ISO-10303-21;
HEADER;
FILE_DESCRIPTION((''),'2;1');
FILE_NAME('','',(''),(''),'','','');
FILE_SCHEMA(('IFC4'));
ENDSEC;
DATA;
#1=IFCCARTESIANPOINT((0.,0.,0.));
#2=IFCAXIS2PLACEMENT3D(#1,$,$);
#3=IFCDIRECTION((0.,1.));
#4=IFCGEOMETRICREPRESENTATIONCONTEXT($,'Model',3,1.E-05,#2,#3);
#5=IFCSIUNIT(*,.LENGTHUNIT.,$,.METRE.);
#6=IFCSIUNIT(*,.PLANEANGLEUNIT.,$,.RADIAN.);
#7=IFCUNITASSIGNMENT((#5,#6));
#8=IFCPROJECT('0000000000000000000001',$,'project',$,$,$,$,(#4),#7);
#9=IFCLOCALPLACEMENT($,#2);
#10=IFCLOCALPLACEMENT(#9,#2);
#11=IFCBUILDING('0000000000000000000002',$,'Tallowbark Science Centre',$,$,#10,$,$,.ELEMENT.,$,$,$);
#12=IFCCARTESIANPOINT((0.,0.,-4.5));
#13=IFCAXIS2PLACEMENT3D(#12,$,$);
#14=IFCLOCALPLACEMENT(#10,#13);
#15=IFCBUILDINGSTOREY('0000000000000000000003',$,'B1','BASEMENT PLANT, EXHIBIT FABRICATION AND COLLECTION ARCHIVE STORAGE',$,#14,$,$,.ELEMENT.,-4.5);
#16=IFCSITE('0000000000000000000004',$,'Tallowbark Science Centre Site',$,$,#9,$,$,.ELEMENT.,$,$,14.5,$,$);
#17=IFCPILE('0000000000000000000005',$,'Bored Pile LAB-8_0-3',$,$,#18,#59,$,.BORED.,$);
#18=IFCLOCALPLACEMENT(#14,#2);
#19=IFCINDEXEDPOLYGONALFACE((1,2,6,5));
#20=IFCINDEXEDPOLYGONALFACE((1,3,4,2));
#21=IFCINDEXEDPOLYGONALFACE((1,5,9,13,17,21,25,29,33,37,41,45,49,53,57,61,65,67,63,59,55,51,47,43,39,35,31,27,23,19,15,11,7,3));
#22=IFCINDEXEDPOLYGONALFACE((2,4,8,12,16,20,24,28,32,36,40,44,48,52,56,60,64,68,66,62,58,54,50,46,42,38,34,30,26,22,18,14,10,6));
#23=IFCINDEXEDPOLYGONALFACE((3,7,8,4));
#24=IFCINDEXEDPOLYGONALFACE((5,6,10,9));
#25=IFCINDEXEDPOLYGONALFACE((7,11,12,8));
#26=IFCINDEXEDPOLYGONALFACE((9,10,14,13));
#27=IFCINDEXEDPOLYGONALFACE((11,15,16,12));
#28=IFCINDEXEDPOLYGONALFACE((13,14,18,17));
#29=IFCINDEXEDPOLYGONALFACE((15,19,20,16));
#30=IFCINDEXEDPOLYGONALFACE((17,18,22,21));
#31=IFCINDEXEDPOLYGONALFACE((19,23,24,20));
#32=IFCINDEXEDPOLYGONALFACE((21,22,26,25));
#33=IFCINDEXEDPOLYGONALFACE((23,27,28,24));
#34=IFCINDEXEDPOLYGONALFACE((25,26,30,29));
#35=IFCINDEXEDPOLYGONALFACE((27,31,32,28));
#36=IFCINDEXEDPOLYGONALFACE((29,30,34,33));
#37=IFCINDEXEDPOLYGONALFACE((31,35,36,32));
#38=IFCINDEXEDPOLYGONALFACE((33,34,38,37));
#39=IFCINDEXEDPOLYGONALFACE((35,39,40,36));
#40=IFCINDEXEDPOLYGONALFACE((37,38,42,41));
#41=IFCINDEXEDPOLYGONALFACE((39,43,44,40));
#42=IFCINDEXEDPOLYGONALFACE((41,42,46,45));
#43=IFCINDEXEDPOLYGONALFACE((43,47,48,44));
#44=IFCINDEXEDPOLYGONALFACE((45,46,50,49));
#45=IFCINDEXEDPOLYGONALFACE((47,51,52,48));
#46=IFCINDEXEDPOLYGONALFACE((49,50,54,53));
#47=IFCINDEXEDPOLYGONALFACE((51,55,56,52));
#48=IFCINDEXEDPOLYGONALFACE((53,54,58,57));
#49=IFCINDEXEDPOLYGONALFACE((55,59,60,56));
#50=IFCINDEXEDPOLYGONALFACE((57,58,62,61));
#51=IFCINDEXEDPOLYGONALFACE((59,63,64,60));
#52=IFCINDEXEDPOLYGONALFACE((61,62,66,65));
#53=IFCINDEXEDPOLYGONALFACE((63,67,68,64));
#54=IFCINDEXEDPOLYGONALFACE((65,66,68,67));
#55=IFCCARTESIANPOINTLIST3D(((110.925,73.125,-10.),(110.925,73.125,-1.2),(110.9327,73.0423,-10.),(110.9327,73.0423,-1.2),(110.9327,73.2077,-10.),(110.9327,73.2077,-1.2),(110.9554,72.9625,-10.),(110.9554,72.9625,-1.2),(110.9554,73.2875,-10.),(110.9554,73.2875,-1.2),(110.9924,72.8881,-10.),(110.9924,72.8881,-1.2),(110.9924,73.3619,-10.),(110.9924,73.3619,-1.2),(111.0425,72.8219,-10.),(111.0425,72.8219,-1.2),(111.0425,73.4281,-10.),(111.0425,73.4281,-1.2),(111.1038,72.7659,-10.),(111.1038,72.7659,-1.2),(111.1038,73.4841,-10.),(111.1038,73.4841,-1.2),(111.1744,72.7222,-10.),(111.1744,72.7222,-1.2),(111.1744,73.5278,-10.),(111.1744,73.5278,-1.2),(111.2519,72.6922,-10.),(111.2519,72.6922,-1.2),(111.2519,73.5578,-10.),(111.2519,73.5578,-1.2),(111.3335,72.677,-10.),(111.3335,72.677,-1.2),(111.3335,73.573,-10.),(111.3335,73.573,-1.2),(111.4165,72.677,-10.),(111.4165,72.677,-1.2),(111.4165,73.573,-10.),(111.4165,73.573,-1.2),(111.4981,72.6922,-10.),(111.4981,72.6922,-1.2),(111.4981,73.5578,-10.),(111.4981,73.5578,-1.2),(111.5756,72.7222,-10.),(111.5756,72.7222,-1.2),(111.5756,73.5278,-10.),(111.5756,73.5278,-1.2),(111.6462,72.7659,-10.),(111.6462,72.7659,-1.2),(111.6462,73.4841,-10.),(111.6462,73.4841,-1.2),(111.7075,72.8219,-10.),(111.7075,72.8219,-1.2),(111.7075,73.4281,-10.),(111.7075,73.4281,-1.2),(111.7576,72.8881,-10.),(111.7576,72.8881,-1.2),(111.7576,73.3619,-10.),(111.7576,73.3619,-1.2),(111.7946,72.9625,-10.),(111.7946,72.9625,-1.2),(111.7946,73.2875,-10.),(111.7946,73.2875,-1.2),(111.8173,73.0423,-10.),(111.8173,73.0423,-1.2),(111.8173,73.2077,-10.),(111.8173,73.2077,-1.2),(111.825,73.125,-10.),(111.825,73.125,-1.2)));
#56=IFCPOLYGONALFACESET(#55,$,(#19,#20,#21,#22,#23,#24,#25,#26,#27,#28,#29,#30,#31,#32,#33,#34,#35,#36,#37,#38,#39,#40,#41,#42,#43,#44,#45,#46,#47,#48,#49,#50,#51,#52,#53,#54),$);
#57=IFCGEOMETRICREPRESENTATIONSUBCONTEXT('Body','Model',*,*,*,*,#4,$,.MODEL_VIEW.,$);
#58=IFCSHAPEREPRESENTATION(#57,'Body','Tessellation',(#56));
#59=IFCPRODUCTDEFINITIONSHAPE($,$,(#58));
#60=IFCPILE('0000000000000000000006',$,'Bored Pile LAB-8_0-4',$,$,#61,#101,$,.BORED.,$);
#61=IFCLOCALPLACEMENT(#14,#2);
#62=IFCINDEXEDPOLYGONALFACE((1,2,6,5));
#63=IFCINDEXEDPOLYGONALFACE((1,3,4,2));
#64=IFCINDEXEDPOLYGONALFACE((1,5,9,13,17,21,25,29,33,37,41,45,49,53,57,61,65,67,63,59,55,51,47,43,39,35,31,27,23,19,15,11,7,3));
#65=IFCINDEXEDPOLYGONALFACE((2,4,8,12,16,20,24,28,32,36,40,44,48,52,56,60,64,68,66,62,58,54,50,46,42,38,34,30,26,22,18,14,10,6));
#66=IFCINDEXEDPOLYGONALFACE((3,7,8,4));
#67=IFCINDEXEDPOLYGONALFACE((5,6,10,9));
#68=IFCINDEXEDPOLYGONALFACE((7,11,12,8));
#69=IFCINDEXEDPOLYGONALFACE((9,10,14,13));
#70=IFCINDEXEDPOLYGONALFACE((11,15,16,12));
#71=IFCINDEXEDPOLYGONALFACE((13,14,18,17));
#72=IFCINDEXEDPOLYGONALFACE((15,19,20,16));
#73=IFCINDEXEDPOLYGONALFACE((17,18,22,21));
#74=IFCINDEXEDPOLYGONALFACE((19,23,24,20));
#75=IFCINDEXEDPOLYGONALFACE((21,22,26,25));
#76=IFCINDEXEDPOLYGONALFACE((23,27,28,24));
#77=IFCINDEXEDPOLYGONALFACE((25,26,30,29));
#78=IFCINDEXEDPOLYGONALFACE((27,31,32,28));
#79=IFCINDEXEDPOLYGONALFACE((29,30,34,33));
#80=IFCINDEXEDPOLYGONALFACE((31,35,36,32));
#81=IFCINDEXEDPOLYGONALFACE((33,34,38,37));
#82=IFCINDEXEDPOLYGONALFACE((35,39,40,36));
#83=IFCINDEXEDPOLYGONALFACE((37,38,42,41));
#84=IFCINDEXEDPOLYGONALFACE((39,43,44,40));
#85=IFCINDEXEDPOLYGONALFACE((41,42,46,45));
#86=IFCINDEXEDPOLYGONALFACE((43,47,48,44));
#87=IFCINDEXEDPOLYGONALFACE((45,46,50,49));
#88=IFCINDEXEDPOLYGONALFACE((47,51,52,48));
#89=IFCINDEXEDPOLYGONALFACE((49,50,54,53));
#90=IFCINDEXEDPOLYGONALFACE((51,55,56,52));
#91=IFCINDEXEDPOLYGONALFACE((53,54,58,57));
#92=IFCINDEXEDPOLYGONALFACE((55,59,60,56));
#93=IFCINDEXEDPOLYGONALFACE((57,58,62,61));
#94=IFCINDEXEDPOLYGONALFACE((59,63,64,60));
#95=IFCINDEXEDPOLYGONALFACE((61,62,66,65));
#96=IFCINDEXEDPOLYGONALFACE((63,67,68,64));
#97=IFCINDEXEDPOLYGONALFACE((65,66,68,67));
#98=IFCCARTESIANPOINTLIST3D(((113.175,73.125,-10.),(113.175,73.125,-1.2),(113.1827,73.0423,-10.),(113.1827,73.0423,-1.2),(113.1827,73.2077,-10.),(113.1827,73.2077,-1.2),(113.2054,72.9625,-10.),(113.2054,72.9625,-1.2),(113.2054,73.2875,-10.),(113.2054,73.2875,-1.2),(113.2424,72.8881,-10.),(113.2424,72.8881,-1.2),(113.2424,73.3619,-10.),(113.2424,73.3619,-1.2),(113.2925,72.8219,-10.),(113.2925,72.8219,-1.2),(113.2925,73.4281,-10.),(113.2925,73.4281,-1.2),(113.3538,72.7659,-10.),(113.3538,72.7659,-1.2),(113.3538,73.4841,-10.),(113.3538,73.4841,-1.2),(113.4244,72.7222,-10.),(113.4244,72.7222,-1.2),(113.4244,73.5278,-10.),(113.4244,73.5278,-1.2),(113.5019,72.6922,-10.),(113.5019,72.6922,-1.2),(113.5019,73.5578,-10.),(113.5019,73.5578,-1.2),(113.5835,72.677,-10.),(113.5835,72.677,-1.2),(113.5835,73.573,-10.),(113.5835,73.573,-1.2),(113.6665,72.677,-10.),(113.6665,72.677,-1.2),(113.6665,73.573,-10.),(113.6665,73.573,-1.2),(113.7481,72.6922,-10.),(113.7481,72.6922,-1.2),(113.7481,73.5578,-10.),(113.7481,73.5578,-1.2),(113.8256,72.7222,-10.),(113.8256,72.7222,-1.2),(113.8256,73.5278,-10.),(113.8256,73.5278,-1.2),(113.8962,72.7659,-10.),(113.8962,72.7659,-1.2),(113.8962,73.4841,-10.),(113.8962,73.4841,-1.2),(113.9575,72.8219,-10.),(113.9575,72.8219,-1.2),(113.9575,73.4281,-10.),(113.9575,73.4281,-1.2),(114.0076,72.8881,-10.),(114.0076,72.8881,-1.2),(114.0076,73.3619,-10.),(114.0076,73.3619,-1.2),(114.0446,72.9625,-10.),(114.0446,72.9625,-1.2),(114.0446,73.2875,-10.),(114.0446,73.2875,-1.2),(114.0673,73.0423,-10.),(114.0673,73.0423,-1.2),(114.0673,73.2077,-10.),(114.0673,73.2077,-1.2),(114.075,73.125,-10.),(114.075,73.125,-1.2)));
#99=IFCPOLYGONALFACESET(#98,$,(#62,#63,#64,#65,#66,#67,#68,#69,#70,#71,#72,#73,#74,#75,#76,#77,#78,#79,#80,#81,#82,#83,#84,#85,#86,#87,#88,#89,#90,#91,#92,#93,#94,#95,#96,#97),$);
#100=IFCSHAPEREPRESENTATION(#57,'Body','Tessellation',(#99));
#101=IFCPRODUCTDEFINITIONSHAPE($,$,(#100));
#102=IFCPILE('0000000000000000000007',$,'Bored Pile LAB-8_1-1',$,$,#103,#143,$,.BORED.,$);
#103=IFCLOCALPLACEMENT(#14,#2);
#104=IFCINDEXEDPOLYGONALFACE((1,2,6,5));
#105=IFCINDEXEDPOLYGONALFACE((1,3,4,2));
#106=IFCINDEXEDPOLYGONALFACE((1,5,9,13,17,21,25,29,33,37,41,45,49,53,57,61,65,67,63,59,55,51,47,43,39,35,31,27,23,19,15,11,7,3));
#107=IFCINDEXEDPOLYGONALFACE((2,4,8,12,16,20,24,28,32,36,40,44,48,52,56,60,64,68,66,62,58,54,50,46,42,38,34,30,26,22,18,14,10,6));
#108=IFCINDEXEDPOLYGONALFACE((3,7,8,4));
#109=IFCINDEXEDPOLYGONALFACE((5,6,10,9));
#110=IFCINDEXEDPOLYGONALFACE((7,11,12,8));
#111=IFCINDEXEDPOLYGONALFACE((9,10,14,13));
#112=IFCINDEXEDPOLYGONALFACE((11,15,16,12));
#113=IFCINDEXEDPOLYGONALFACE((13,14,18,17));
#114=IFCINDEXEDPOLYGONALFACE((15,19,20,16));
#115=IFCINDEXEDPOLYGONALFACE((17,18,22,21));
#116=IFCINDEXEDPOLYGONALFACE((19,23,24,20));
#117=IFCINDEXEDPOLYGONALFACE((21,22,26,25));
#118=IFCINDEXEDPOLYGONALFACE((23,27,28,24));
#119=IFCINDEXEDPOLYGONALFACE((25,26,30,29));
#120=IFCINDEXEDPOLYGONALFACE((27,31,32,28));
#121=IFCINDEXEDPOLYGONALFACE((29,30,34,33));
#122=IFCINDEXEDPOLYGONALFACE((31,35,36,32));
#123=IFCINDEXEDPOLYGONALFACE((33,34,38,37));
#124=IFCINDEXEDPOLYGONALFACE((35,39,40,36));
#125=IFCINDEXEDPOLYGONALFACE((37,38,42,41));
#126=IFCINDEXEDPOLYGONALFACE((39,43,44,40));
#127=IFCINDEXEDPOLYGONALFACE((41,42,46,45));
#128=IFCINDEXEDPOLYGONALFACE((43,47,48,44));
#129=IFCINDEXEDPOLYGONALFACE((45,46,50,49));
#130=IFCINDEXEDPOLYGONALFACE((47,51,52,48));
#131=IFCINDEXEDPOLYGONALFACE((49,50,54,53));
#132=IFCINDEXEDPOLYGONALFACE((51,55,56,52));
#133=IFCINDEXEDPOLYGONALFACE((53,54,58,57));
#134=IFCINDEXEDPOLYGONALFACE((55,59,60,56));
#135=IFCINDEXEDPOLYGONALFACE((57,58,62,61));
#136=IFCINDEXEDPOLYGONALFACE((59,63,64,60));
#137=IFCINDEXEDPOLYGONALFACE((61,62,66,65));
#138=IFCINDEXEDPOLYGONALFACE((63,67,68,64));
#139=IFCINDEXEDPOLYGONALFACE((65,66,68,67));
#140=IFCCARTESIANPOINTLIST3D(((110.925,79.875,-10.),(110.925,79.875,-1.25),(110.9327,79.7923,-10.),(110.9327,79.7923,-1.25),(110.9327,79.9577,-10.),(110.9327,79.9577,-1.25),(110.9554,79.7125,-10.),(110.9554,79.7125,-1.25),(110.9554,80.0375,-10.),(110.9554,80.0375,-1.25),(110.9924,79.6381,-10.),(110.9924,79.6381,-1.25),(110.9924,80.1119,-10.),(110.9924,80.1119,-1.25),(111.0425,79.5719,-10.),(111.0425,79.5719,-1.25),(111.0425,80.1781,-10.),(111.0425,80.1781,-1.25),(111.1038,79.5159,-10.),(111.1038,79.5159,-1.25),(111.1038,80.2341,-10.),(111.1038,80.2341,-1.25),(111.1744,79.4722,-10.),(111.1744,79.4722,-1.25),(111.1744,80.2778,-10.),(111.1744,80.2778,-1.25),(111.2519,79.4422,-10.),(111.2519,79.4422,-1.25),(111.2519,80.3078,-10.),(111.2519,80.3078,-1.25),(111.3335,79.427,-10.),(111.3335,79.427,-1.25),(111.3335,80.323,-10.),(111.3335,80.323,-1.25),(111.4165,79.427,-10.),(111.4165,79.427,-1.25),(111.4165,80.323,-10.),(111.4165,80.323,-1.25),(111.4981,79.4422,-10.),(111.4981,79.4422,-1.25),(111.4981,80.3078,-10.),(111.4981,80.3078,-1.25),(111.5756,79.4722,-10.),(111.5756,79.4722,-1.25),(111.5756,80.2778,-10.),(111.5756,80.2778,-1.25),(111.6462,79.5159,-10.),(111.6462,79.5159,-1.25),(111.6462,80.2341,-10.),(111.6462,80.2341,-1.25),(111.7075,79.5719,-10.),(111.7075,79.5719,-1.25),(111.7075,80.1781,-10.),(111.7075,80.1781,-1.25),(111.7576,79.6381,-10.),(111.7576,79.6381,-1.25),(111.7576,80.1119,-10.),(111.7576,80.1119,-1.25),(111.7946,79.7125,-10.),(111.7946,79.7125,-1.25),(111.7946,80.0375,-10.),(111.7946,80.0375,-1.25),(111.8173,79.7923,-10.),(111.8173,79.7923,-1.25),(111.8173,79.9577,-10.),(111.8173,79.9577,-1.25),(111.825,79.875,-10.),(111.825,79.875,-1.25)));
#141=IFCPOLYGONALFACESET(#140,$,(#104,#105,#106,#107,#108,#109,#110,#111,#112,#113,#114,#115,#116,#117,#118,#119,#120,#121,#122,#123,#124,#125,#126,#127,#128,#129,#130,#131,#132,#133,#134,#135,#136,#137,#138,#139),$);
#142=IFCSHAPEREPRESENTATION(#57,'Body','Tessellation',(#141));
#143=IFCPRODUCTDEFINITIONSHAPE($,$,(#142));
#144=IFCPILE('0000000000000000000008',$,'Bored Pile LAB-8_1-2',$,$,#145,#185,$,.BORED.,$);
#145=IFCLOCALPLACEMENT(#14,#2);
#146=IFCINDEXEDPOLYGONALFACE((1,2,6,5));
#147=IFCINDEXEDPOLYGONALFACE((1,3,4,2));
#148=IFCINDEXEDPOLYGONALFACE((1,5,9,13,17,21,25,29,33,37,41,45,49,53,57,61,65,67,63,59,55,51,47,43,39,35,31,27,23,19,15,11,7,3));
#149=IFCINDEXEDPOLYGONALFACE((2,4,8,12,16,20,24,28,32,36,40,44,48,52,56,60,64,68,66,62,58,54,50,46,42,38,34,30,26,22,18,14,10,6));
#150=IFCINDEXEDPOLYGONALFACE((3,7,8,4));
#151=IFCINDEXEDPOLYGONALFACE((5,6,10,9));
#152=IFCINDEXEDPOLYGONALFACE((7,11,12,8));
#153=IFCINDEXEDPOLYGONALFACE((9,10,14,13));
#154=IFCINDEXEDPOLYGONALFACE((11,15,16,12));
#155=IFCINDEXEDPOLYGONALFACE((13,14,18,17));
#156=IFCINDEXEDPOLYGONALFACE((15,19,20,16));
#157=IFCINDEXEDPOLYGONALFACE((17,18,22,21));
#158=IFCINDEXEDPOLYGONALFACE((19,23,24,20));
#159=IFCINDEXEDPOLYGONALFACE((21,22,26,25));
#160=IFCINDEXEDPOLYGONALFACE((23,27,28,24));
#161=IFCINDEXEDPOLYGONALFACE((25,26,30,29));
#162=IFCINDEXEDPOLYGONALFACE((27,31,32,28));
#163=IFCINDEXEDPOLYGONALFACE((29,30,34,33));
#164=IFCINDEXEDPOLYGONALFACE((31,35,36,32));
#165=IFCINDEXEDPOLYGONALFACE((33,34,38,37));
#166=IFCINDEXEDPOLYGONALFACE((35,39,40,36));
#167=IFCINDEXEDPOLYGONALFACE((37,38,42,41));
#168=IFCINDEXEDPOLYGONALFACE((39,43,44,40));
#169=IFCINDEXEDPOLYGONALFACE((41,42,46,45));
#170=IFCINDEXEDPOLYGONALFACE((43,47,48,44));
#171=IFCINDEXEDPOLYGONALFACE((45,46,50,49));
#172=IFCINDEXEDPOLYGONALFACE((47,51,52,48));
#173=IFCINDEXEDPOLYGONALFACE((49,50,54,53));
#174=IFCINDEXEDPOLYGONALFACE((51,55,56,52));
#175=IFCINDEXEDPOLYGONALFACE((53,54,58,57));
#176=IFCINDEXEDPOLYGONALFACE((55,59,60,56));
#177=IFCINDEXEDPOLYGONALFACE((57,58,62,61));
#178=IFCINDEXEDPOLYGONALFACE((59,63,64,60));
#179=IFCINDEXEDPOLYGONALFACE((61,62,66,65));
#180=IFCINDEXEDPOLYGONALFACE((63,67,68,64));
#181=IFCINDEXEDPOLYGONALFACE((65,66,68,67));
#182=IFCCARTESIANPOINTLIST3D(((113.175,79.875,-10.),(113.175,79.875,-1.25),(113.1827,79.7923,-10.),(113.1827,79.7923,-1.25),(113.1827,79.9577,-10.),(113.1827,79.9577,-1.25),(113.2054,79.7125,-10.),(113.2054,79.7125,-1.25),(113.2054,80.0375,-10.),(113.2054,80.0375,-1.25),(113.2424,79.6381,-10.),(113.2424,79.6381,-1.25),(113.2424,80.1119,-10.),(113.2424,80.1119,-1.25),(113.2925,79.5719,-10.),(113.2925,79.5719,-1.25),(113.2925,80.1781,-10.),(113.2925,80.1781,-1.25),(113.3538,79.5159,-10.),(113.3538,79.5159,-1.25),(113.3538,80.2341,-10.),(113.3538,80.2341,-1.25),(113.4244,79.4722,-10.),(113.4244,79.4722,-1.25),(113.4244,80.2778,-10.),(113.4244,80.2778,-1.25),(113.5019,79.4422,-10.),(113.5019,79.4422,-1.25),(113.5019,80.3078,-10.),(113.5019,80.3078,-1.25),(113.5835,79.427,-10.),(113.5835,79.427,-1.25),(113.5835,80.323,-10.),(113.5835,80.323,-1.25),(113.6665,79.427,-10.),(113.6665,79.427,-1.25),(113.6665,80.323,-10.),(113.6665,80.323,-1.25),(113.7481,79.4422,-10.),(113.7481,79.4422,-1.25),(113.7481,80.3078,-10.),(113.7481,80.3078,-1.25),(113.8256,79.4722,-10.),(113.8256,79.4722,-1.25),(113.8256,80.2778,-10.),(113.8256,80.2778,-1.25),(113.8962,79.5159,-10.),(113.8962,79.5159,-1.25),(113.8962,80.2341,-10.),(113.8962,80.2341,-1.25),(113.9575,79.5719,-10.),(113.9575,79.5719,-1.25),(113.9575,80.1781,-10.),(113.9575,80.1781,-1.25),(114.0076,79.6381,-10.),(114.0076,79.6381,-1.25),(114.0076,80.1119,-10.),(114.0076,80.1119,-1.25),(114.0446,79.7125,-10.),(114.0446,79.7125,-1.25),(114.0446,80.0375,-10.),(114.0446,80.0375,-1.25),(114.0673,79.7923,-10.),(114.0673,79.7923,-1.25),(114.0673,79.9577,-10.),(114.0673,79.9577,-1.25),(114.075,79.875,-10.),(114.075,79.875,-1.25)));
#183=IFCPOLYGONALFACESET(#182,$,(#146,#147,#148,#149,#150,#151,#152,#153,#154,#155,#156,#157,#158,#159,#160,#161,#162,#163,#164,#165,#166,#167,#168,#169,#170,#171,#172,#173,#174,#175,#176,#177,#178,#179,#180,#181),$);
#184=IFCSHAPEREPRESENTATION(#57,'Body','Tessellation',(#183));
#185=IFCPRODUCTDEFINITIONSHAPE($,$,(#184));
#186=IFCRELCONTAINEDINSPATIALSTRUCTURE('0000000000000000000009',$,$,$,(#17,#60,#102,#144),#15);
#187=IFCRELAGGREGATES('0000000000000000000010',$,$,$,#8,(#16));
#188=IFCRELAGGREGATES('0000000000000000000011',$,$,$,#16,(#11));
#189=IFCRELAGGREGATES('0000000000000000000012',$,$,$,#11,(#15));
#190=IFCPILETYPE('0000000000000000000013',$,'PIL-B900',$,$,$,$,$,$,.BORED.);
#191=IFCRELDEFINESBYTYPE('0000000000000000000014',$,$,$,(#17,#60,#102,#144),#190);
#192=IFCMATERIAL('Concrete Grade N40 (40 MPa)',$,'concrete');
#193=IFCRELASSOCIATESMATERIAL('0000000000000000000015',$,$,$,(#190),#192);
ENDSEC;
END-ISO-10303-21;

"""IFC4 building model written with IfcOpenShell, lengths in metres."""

from ifc_helpers import new_model, si_unit, direction, frame, origin, origin_2d, place, context, subcontext, project, spatial, circle, extrude, material, material_profile, profile_set, type_object, element, save


model = new_model("IFC4")

# Units and contexts
model_context = context("Model", 3, precision=1e-05, world=origin(), true_north=direction((0.0, 1.0)))
body_context = subcontext(model_context, "Body", "Model", "MODEL_VIEW")
ifc_project = project(units=[si_unit("LENGTHUNIT", "METRE"), si_unit("PLANEANGLEUNIT", "RADIAN")], contexts=[model_context])

# Site, building, storey
site_placement = place(None, origin())
site = spatial("IfcSite", under=ifc_project, at=site_placement, Name="Tallowbark Science Centre Site", CompositionType="ELEMENT", RefElevation=14.5)
building_placement = place(site_placement, origin())
building = spatial("IfcBuilding", under=site, at=building_placement, Name="Tallowbark Science Centre", CompositionType="ELEMENT")
storey_placement = place(building_placement, frame((0.0, 0.0, -4.5)))
storey = spatial("IfcBuildingStorey", under=building, at=storey_placement, Name="B1", Description="BASEMENT PLANT, EXHIBIT FABRICATION AND COLLECTION ARCHIVE STORAGE", CompositionType="ELEMENT", Elevation=-4.5)

# Shared definitions
ifc_material_1 = material(Name="Concrete Grade N40 (40 MPa)", Category="concrete")

# Piles
ifc_material_profile_1 = material_profile(ifc_material_1, circle(Radius=0.45, at=origin_2d()), Name="PILE900")
ifc_profile_set_1 = profile_set([ifc_material_profile_1], Name="Concrete Grade N40 (40 MPa)")
pile_type_1 = type_object("IfcPileType", Name="PIL-B900", PredefinedType="BORED", material=ifc_profile_set_1)
for number, where, z_axis, x_axis, name in (
    (1, (111.375, 73.125, -1.2), (0.0, 0.0, -1.0), (1.0, 0.0, 0.0), "Bored Pile LAB-8_0-3"),
    (2, (113.625, 73.125, -1.2), (0.0, 0.0, -1.0), (1.0, 0.0, 0.0), "Bored Pile LAB-8_0-4"),
):
    element("IfcPile", number, at=place(storey_placement, frame(where, z_axis=z_axis, x_axis=x_axis)), inside=storey, type_object=pile_type_1, Name=name, PredefinedType="BORED", context=body_context, shape_type="SweptSolid", body=[
        extrude(circle(Radius=0.45, at=origin_2d()), origin(), (0.0, 0.0, 1.0), 8.8),
    ])
for number, where, z_axis, x_axis, name in (
    (3, (111.375, 79.875, -1.25), (0.0, 0.0, -1.0), (1.0, 0.0, 0.0), "Bored Pile LAB-8_1-1"),
    (4, (113.625, 79.875, -1.25), (0.0, 0.0, -1.0), (1.0, 0.0, 0.0), "Bored Pile LAB-8_1-2"),
):
    element("IfcPile", number, at=place(storey_placement, frame(where, z_axis=z_axis, x_axis=x_axis)), inside=storey, type_object=pile_type_1, Name=name, PredefinedType="BORED", context=body_context, shape_type="SweptSolid", body=[
        extrude(circle(Radius=0.45, at=origin_2d()), origin(), (0.0, 0.0, 1.0), 8.75),
    ])

save(model, "model.ifc")
